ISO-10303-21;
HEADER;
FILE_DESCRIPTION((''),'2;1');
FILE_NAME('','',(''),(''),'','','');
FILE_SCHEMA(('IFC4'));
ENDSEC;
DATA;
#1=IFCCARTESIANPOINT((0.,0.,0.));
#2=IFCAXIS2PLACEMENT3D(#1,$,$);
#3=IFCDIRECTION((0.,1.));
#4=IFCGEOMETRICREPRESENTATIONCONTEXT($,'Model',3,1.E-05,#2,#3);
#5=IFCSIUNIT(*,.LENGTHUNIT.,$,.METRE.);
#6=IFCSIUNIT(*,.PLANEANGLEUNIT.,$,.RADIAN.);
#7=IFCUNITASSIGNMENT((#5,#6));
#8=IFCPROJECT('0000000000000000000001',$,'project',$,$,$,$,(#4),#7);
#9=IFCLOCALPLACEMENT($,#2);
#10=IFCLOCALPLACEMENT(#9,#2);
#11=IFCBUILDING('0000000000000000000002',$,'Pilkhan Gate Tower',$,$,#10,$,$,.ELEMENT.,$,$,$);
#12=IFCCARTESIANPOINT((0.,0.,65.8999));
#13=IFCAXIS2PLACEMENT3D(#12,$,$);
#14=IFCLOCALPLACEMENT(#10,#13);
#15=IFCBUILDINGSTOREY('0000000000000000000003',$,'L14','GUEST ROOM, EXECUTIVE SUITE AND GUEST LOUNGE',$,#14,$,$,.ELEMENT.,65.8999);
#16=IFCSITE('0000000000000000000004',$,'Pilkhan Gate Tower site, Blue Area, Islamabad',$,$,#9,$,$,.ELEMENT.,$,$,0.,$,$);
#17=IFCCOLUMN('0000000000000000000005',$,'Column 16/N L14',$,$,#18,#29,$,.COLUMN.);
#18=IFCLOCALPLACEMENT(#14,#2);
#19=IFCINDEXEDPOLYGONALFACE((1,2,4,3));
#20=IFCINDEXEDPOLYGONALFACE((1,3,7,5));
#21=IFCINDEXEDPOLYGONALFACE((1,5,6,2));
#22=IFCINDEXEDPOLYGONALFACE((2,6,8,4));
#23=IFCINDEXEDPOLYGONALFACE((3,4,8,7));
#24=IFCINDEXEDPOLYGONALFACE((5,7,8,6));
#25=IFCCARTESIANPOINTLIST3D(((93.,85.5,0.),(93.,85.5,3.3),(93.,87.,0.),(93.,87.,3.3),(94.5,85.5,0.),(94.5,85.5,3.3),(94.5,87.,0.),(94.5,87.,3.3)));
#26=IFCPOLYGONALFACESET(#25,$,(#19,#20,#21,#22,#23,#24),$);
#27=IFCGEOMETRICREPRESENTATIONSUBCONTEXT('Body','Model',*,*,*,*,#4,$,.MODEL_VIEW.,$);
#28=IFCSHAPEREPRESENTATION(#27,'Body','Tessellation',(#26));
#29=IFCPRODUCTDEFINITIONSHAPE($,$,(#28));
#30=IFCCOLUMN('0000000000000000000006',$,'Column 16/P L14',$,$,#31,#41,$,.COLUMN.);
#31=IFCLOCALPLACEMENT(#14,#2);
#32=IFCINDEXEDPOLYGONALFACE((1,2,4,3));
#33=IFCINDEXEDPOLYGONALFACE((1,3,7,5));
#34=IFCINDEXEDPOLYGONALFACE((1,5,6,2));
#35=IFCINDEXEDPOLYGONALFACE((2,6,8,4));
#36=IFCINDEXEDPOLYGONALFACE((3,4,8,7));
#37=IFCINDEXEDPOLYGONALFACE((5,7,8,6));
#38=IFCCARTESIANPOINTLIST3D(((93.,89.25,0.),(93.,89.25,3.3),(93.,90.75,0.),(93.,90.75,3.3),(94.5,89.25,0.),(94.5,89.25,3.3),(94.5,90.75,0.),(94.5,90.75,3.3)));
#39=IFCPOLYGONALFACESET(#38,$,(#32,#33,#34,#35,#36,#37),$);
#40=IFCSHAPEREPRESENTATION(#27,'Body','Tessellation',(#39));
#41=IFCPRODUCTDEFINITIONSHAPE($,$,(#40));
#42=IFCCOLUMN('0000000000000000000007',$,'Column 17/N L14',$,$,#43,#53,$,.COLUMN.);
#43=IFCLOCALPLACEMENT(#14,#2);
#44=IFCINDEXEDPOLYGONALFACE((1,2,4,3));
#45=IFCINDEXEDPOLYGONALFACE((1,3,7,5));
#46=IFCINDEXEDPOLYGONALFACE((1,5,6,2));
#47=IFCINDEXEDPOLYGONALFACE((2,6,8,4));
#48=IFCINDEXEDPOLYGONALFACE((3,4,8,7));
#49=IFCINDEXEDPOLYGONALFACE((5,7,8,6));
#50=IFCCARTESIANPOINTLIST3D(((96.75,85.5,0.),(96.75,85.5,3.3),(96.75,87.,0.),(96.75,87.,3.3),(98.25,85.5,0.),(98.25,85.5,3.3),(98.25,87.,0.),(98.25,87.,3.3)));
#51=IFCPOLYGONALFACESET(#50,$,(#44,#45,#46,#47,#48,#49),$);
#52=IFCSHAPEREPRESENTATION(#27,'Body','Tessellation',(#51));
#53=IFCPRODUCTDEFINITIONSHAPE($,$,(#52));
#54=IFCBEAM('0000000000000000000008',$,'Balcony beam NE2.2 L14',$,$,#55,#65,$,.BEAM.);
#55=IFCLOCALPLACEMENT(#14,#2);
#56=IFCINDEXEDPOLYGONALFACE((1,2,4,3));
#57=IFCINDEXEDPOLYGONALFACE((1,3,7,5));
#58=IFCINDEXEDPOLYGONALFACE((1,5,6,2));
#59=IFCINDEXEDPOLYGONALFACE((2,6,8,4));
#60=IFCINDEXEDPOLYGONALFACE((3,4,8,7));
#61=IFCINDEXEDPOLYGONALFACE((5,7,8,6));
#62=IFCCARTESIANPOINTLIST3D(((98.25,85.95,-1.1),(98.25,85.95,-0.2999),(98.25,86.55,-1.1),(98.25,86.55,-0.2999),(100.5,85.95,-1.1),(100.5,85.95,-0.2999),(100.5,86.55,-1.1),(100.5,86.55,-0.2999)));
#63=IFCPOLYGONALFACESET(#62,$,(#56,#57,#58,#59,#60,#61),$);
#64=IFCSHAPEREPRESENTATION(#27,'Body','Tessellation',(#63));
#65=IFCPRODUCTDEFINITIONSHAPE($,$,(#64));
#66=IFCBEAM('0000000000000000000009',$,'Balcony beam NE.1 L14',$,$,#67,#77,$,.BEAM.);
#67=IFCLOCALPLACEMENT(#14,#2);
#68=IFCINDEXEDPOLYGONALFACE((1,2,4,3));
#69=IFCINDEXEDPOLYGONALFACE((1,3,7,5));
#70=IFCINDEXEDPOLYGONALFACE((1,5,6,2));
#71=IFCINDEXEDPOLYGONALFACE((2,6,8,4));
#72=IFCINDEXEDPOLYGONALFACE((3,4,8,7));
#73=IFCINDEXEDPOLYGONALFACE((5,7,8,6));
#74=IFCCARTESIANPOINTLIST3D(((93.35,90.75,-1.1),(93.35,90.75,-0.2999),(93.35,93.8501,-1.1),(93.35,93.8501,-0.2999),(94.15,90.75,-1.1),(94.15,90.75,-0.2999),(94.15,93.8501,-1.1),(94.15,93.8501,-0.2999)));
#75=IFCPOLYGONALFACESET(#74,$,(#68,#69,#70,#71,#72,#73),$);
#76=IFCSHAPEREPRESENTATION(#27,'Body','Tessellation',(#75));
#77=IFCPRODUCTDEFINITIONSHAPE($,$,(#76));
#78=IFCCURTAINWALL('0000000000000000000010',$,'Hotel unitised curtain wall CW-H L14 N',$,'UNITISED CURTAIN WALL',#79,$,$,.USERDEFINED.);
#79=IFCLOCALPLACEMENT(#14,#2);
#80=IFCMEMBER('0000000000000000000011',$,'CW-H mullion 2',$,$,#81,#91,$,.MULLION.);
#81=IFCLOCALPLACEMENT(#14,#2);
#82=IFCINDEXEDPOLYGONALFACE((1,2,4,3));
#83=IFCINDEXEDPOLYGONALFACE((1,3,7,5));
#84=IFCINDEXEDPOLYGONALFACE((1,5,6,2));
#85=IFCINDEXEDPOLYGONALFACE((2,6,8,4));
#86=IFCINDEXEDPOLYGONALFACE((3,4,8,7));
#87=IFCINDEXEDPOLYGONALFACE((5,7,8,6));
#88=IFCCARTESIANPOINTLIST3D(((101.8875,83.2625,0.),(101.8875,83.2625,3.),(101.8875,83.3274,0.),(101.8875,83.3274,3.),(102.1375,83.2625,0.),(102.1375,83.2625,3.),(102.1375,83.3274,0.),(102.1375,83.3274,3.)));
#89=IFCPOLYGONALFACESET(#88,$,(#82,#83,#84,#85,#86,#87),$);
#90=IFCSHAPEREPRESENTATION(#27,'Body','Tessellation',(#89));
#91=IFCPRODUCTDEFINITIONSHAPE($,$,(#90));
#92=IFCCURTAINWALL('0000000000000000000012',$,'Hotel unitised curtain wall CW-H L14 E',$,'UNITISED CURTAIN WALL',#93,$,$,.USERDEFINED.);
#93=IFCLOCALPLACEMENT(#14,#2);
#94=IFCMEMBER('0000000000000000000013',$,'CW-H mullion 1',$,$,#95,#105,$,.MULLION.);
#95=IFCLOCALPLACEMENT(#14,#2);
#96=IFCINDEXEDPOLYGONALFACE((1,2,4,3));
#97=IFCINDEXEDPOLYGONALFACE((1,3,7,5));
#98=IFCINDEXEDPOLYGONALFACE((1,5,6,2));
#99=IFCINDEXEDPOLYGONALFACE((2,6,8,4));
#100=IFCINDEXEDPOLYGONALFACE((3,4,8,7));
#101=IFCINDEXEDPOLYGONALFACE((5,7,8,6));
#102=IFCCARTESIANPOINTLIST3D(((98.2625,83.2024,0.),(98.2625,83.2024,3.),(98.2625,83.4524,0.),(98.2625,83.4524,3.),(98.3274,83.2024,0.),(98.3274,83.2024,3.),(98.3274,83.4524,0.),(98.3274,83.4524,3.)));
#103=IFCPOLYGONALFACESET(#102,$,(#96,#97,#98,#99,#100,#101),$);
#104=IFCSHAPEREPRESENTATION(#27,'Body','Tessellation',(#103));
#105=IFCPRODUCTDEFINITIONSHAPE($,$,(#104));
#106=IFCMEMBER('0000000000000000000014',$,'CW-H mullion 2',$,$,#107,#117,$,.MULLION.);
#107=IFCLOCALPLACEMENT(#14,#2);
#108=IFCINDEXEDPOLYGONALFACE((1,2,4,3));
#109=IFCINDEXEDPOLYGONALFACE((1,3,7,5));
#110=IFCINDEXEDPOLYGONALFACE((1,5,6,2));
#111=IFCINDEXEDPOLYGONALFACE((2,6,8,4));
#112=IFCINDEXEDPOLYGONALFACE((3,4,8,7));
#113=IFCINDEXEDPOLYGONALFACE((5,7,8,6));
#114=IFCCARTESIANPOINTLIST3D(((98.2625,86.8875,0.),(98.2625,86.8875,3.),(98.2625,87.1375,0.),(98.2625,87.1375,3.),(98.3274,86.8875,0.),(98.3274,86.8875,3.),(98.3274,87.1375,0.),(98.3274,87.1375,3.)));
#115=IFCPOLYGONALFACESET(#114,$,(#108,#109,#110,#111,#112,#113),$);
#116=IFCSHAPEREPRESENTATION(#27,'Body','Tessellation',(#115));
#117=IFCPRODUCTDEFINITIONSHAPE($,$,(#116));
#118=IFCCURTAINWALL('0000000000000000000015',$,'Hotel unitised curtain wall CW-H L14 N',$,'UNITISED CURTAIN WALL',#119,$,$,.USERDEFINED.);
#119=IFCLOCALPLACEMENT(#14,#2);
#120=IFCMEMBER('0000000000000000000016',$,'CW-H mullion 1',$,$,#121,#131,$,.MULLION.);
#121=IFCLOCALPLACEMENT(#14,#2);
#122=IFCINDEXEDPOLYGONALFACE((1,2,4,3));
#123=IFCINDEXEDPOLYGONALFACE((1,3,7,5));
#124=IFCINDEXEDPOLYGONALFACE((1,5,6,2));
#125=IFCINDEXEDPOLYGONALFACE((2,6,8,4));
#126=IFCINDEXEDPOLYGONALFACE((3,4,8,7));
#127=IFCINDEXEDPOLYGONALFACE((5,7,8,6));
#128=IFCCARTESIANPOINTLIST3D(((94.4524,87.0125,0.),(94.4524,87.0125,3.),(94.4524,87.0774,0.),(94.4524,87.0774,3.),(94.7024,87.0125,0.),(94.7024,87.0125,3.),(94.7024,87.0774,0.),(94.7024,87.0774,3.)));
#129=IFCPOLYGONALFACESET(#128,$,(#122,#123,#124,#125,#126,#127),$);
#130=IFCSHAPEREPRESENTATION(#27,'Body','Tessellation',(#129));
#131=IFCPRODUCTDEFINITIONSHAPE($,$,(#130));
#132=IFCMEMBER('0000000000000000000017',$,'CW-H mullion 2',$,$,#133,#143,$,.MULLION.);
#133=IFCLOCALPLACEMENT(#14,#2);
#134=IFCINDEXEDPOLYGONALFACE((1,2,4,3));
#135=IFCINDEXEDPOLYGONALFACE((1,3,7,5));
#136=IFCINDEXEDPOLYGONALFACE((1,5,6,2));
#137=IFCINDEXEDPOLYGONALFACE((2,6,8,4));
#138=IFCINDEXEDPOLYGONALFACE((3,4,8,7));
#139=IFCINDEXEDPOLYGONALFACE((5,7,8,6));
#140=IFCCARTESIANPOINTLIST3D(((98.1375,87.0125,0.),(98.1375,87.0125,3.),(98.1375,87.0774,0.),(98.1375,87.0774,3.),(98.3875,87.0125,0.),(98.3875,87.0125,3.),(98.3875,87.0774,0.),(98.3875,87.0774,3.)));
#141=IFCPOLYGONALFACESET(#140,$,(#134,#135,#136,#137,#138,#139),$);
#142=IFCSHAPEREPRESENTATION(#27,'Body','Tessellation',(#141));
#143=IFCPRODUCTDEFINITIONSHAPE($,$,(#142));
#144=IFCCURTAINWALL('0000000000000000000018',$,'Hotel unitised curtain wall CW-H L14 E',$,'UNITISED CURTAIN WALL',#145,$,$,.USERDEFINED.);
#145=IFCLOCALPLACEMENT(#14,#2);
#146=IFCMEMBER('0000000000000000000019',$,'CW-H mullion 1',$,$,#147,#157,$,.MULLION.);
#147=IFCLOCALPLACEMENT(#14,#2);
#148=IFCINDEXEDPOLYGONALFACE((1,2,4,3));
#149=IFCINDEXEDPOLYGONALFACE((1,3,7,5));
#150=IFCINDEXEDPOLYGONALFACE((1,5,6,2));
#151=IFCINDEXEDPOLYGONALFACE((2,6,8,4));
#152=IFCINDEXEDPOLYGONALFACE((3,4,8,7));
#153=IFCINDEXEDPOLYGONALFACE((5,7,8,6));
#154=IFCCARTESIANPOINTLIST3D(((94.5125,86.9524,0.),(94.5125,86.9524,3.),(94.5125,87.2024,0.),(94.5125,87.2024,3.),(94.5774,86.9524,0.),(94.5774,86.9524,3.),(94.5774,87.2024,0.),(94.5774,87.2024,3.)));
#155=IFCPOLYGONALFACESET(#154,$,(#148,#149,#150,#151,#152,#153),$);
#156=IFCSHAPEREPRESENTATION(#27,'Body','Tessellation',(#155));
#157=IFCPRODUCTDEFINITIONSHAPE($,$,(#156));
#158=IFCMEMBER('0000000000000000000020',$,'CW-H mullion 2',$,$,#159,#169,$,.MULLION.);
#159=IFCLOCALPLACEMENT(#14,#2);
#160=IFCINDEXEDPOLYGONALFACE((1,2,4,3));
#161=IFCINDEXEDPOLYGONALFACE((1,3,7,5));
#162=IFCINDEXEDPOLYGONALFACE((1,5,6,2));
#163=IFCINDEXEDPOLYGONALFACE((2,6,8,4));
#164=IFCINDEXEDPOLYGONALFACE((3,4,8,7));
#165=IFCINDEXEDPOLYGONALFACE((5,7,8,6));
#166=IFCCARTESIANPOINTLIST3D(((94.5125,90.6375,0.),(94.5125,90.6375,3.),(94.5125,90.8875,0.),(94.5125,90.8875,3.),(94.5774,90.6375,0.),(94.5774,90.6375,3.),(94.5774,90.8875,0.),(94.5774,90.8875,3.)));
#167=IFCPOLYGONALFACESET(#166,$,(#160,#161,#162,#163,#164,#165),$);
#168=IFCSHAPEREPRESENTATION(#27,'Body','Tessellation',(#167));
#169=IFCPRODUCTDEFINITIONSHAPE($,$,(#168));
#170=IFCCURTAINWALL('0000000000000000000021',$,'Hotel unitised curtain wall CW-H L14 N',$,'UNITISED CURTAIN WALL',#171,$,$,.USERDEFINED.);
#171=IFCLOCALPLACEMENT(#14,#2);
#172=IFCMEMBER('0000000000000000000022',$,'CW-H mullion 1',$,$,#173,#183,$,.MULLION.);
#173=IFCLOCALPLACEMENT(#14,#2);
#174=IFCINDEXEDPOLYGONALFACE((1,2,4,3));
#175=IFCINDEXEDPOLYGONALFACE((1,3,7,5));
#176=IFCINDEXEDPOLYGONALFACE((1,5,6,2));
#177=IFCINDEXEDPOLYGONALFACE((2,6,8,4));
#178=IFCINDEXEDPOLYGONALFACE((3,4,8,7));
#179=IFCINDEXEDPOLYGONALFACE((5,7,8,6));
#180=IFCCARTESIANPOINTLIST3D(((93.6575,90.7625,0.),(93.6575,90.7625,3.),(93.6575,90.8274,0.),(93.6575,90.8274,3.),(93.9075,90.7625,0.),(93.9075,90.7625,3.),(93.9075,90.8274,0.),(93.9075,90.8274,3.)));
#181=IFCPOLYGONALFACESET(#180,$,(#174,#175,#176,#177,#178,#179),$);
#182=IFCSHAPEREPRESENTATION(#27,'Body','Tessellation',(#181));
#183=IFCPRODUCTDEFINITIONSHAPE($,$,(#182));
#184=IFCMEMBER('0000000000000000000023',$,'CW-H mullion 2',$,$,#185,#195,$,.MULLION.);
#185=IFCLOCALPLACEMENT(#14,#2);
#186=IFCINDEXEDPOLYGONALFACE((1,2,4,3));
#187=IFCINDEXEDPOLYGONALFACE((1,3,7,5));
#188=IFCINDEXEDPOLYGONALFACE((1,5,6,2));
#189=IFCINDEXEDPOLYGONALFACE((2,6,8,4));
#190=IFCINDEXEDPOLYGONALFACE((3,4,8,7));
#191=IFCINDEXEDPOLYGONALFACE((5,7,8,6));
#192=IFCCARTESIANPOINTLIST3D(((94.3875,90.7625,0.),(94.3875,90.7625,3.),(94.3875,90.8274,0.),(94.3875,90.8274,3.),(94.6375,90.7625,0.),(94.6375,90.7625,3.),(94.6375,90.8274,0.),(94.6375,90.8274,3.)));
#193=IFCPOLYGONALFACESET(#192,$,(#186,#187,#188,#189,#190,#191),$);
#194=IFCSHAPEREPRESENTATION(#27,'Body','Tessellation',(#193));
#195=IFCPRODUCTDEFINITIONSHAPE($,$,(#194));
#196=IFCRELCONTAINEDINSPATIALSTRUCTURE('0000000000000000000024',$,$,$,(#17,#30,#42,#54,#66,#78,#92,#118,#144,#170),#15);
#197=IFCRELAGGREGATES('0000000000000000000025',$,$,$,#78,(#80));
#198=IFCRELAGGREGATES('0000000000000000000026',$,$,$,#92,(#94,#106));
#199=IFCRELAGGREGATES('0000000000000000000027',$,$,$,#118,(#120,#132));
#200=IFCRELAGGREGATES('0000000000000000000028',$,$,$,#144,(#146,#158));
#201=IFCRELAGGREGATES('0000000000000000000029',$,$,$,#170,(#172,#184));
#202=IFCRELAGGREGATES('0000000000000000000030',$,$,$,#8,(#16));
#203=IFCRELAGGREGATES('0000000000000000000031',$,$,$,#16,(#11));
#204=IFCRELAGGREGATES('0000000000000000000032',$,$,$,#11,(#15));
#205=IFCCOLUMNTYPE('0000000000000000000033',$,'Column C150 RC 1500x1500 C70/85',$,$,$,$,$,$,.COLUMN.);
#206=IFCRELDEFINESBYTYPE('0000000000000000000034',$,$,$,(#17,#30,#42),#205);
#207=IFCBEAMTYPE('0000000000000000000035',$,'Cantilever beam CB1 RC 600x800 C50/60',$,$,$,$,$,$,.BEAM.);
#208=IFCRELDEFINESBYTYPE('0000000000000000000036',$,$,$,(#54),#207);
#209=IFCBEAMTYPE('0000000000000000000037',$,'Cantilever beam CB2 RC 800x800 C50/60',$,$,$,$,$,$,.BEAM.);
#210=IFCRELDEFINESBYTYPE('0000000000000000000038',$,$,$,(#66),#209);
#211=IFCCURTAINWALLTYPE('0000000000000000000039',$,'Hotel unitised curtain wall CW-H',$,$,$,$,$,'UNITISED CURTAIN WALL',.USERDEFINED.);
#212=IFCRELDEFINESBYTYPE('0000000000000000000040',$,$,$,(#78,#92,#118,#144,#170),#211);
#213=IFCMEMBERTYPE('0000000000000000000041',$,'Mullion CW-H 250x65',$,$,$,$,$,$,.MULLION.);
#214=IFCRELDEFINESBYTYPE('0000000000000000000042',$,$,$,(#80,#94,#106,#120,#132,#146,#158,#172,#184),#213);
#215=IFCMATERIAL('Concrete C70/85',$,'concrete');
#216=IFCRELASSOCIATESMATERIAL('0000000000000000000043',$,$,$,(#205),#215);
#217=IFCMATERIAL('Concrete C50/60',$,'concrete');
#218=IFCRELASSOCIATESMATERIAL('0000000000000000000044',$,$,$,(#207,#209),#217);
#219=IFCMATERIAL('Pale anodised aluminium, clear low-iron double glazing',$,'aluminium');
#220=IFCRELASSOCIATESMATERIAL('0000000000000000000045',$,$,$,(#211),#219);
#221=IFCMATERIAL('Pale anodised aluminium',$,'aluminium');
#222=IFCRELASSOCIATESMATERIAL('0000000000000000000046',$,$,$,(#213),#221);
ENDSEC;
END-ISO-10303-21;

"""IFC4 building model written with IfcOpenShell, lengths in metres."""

from ifc_helpers import new_model, si_unit, direction, frame, origin, origin_2d, place, context, subcontext, project, spatial, rectangle, extrude, material, material_profile, profile_set, type_object, element, aggregate, save


model = new_model("IFC4")

# Units and contexts
model_context = context("Model", 3, precision=1e-05, world=origin(), true_north=direction((0.0, 1.0)))
body_context = subcontext(model_context, "Body", "Model", "MODEL_VIEW")
ifc_project = project(units=[si_unit("LENGTHUNIT", "METRE"), si_unit("PLANEANGLEUNIT", "RADIAN")], contexts=[model_context])

# Site, building, storey
site_placement = place(None, origin())
site = spatial("IfcSite", under=ifc_project, at=site_placement, Name="Pilkhan Gate Tower site, Blue Area, Islamabad", CompositionType="ELEMENT", RefElevation=0.0)
building_placement = place(site_placement, origin())
building = spatial("IfcBuilding", under=site, at=building_placement, Name="Pilkhan Gate Tower", CompositionType="ELEMENT")
storey_placement = place(building_placement, frame((0.0, 0.0, 65.8999)))
storey = spatial("IfcBuildingStorey", under=building, at=storey_placement, Name="L14", Description="GUEST ROOM, EXECUTIVE SUITE AND GUEST LOUNGE", CompositionType="ELEMENT", Elevation=65.8999)

# Columns
ifc_material_1 = material(Name="Concrete C70/85", Category="concrete")
ifc_material_profile_1 = material_profile(ifc_material_1, rectangle(XDim=1.5, YDim=1.5, at=origin_2d()), Name="RC 1500x1500")
ifc_profile_set_1 = profile_set([ifc_material_profile_1], Name="Concrete C70/85")
column_type = type_object("IfcColumnType", Name="Column C150 RC 1500x1500 C70/85", PredefinedType="COLUMN", material=ifc_profile_set_1)
for number, where, z_axis, x_axis, name in (
    (1, (93.75, 86.25, 0.0), (0.0, 0.0, 1.0), (1.0, 0.0, 0.0), "Column 16/N L14"),
    (2, (93.75, 90.0, 0.0), (0.0, 0.0, 1.0), (1.0, 0.0, 0.0), "Column 16/P L14"),
    (3, (97.5, 86.25, 0.0), (0.0, 0.0, 1.0), (1.0, 0.0, 0.0), "Column 17/N L14"),
):
    element("IfcColumn", number, at=place(storey_placement, frame(where, z_axis=z_axis, x_axis=x_axis)), inside=storey, type_object=column_type, Name=name, PredefinedType="COLUMN", context=body_context, shape_type="SweptSolid", body=[
        extrude(rectangle(XDim=1.5, YDim=1.5, at=origin_2d()), origin(), (0.0, 0.0, 1.0), 3.3),
    ])

# Beams
ifc_material_2 = material(Name="Concrete C50/60", Category="concrete")
ifc_material_profile_2 = material_profile(ifc_material_2, rectangle(XDim=0.6001, YDim=0.8, at=origin_2d()), Name="RC 600x800")
ifc_profile_set_2 = profile_set([ifc_material_profile_2], Name="Concrete C50/60")
beam_type_1 = type_object("IfcBeamType", Name="Cantilever beam CB1 RC 600x800 C50/60", PredefinedType="BEAM", material=ifc_profile_set_2)
beam_1_placement = place(storey_placement, frame((98.25, 86.25, -0.7), z_axis=(1.0, 0.0, 0.0), x_axis=(0.0, 1.0, 0.0)))
element("IfcBeam", 4, at=beam_1_placement, inside=storey, type_object=beam_type_1, Name="Balcony beam NE2.2 L14", PredefinedType="BEAM", context=body_context, shape_type="SweptSolid", body=[
    extrude(rectangle(XDim=0.6001, YDim=0.8, at=origin_2d()), origin(), (0.0, 0.0, 1.0), 2.25),
])
ifc_material_profile_3 = material_profile(ifc_material_2, rectangle(XDim=0.8, YDim=0.8, at=origin_2d()), Name="RC 800x800")
ifc_profile_set_3 = profile_set([ifc_material_profile_3], Name="Concrete C50/60")
beam_type_2 = type_object("IfcBeamType", Name="Cantilever beam CB2 RC 800x800 C50/60", PredefinedType="BEAM", material=ifc_profile_set_3)
beam_2_placement = place(storey_placement, frame((93.75, 90.75, -0.7), z_axis=(0.0, 1.0, 0.0), x_axis=(-1.0, 0.0, 0.0)))
element("IfcBeam", 5, at=beam_2_placement, inside=storey, type_object=beam_type_2, Name="Balcony beam NE.1 L14", PredefinedType="BEAM", context=body_context, shape_type="SweptSolid", body=[
    extrude(rectangle(XDim=0.8, YDim=0.8, at=origin_2d()), origin(), (0.0, 0.0, 1.0), 3.1001),
])

# Curtain wall, member
ifc_material_3 = material(Name="Pale anodised aluminium, clear low-iron double glazing", Category="aluminium")
curtain_wall_type = type_object("IfcCurtainWallType", Name="Hotel unitised curtain wall CW-H", ElementType="UNITISED CURTAIN WALL", PredefinedType="USERDEFINED", material=ifc_material_3)
curtain_wall_1_placement = place(storey_placement, origin())
curtain_wall_1 = element("IfcCurtainWall", 6, at=curtain_wall_1_placement, inside=storey, type_object=curtain_wall_type, Name="Hotel unitised curtain wall CW-H L14 N", ObjectType="UNITISED CURTAIN WALL", PredefinedType="USERDEFINED")
ifc_material_4 = material(Name="Pale anodised aluminium", Category="aluminium")
ifc_material_profile_4 = material_profile(ifc_material_4, rectangle(XDim=0.0649, YDim=0.25, at=origin_2d()), Name="Mullion 250x65")
ifc_profile_set_4 = profile_set([ifc_material_profile_4], Name="Pale anodised aluminium")
member_type_1 = type_object("IfcMemberType", Name="Mullion CW-H 250x65", PredefinedType="MULLION", material=ifc_profile_set_4)
member_1_placement = place(storey_placement, frame((102.0125, 83.2949, 0.0), z_axis=(0.0, 0.0, 1.0), x_axis=(0.0, 1.0, 0.0)))
member_1 = element("IfcMember", 7, at=member_1_placement, type_object=member_type_1, Name="CW-H mullion 2", PredefinedType="MULLION", context=body_context, shape_type="SweptSolid", body=[
    extrude(rectangle(XDim=0.0649, YDim=0.25, at=origin_2d()), origin(), (0.0, 0.0, 1.0), 3.0),
])

# Curtain walls, members
curtain_wall_2_placement = place(storey_placement, origin())
curtain_wall_2 = element("IfcCurtainWall", 8, at=curtain_wall_2_placement, inside=storey, type_object=curtain_wall_type, Name="Hotel unitised curtain wall CW-H L14 E", ObjectType="UNITISED CURTAIN WALL", PredefinedType="USERDEFINED")
member_2_placement = place(storey_placement, frame((98.2949, 83.3274, 0.0), z_axis=(0.0, 0.0, 1.0), x_axis=(-1.0, 0.0, 0.0)))
member_2 = element("IfcMember", 9, at=member_2_placement, type_object=member_type_1, Name="CW-H mullion 1", PredefinedType="MULLION", context=body_context, shape_type="SweptSolid", body=[
    extrude(rectangle(XDim=0.0649, YDim=0.25, at=origin_2d()), origin(), (0.0, 0.0, 1.0), 3.0),
])
member_3_placement = place(storey_placement, frame((98.2949, 87.0125, 0.0), z_axis=(0.0, 0.0, 1.0), x_axis=(-1.0, 0.0, 0.0)))
member_3 = element("IfcMember", 10, at=member_3_placement, type_object=member_type_1, Name="CW-H mullion 2", PredefinedType="MULLION", context=body_context, shape_type="SweptSolid", body=[
    extrude(rectangle(XDim=0.0649, YDim=0.25, at=origin_2d()), origin(), (0.0, 0.0, 1.0), 3.0),
])
curtain_wall_3_placement = place(storey_placement, origin())
curtain_wall_3 = element("IfcCurtainWall", 11, at=curtain_wall_3_placement, inside=storey, type_object=curtain_wall_type, Name="Hotel unitised curtain wall CW-H L14 N", ObjectType="UNITISED CURTAIN WALL", PredefinedType="USERDEFINED")
member_4_placement = place(storey_placement, frame((94.5774, 87.0449, 0.0), z_axis=(0.0, 0.0, 1.0), x_axis=(0.0, 1.0, 0.0)))
member_4 = element("IfcMember", 12, at=member_4_placement, type_object=member_type_1, Name="CW-H mullion 1", PredefinedType="MULLION", context=body_context, shape_type="SweptSolid", body=[
    extrude(rectangle(XDim=0.0649, YDim=0.25, at=origin_2d()), origin(), (0.0, 0.0, 1.0), 3.0),
])
member_5_placement = place(storey_placement, frame((98.2625, 87.0449, 0.0), z_axis=(0.0, 0.0, 1.0), x_axis=(0.0, 1.0, 0.0)))
member_5 = element("IfcMember", 13, at=member_5_placement, type_object=member_type_1, Name="CW-H mullion 2", PredefinedType="MULLION", context=body_context, shape_type="SweptSolid", body=[
    extrude(rectangle(XDim=0.0649, YDim=0.25, at=origin_2d()), origin(), (0.0, 0.0, 1.0), 3.0),
])
curtain_wall_4_placement = place(storey_placement, origin())
curtain_wall_4 = element("IfcCurtainWall", 14, at=curtain_wall_4_placement, inside=storey, type_object=curtain_wall_type, Name="Hotel unitised curtain wall CW-H L14 E", ObjectType="UNITISED CURTAIN WALL", PredefinedType="USERDEFINED")
member_6_placement = place(storey_placement, frame((94.5449, 87.0774, 0.0), z_axis=(0.0, 0.0, 1.0), x_axis=(-1.0, 0.0, 0.0)))
member_6 = element("IfcMember", 15, at=member_6_placement, type_object=member_type_1, Name="CW-H mullion 1", PredefinedType="MULLION", context=body_context, shape_type="SweptSolid", body=[
    extrude(rectangle(XDim=0.0649, YDim=0.25, at=origin_2d()), origin(), (0.0, 0.0, 1.0), 3.0),
])
member_7_placement = place(storey_placement, frame((94.5449, 90.7625, 0.0), z_axis=(0.0, 0.0, 1.0), x_axis=(-1.0, 0.0, 0.0)))
member_7 = element("IfcMember", 16, at=member_7_placement, type_object=member_type_1, Name="CW-H mullion 2", PredefinedType="MULLION", context=body_context, shape_type="SweptSolid", body=[
    extrude(rectangle(XDim=0.0649, YDim=0.25, at=origin_2d()), origin(), (0.0, 0.0, 1.0), 3.0),
])
curtain_wall_5_placement = place(storey_placement, origin())
curtain_wall_5 = element("IfcCurtainWall", 17, at=curtain_wall_5_placement, inside=storey, type_object=curtain_wall_type, Name="Hotel unitised curtain wall CW-H L14 N", ObjectType="UNITISED CURTAIN WALL", PredefinedType="USERDEFINED")
member_8_placement = place(storey_placement, frame((93.7825, 90.7949, 0.0), z_axis=(0.0, 0.0, 1.0), x_axis=(0.0, 1.0, 0.0)))
member_8 = element("IfcMember", 18, at=member_8_placement, type_object=member_type_1, Name="CW-H mullion 1", PredefinedType="MULLION", context=body_context, shape_type="SweptSolid", body=[
    extrude(rectangle(XDim=0.0649, YDim=0.25, at=origin_2d()), origin(), (0.0, 0.0, 1.0), 3.0),
])
member_9_placement = place(storey_placement, frame((94.5125, 90.7949, 0.0), z_axis=(0.0, 0.0, 1.0), x_axis=(0.0, 1.0, 0.0)))
member_9 = element("IfcMember", 19, at=member_9_placement, type_object=member_type_1, Name="CW-H mullion 2", PredefinedType="MULLION", context=body_context, shape_type="SweptSolid", body=[
    extrude(rectangle(XDim=0.0649, YDim=0.25, at=origin_2d()), origin(), (0.0, 0.0, 1.0), 3.0),
])

aggregate(curtain_wall_1, [member_1])
aggregate(curtain_wall_2, [member_2, member_3])
aggregate(curtain_wall_3, [member_4, member_5])
aggregate(curtain_wall_4, [member_6, member_7])
aggregate(curtain_wall_5, [member_8, member_9])

save(model, "model.ifc")
